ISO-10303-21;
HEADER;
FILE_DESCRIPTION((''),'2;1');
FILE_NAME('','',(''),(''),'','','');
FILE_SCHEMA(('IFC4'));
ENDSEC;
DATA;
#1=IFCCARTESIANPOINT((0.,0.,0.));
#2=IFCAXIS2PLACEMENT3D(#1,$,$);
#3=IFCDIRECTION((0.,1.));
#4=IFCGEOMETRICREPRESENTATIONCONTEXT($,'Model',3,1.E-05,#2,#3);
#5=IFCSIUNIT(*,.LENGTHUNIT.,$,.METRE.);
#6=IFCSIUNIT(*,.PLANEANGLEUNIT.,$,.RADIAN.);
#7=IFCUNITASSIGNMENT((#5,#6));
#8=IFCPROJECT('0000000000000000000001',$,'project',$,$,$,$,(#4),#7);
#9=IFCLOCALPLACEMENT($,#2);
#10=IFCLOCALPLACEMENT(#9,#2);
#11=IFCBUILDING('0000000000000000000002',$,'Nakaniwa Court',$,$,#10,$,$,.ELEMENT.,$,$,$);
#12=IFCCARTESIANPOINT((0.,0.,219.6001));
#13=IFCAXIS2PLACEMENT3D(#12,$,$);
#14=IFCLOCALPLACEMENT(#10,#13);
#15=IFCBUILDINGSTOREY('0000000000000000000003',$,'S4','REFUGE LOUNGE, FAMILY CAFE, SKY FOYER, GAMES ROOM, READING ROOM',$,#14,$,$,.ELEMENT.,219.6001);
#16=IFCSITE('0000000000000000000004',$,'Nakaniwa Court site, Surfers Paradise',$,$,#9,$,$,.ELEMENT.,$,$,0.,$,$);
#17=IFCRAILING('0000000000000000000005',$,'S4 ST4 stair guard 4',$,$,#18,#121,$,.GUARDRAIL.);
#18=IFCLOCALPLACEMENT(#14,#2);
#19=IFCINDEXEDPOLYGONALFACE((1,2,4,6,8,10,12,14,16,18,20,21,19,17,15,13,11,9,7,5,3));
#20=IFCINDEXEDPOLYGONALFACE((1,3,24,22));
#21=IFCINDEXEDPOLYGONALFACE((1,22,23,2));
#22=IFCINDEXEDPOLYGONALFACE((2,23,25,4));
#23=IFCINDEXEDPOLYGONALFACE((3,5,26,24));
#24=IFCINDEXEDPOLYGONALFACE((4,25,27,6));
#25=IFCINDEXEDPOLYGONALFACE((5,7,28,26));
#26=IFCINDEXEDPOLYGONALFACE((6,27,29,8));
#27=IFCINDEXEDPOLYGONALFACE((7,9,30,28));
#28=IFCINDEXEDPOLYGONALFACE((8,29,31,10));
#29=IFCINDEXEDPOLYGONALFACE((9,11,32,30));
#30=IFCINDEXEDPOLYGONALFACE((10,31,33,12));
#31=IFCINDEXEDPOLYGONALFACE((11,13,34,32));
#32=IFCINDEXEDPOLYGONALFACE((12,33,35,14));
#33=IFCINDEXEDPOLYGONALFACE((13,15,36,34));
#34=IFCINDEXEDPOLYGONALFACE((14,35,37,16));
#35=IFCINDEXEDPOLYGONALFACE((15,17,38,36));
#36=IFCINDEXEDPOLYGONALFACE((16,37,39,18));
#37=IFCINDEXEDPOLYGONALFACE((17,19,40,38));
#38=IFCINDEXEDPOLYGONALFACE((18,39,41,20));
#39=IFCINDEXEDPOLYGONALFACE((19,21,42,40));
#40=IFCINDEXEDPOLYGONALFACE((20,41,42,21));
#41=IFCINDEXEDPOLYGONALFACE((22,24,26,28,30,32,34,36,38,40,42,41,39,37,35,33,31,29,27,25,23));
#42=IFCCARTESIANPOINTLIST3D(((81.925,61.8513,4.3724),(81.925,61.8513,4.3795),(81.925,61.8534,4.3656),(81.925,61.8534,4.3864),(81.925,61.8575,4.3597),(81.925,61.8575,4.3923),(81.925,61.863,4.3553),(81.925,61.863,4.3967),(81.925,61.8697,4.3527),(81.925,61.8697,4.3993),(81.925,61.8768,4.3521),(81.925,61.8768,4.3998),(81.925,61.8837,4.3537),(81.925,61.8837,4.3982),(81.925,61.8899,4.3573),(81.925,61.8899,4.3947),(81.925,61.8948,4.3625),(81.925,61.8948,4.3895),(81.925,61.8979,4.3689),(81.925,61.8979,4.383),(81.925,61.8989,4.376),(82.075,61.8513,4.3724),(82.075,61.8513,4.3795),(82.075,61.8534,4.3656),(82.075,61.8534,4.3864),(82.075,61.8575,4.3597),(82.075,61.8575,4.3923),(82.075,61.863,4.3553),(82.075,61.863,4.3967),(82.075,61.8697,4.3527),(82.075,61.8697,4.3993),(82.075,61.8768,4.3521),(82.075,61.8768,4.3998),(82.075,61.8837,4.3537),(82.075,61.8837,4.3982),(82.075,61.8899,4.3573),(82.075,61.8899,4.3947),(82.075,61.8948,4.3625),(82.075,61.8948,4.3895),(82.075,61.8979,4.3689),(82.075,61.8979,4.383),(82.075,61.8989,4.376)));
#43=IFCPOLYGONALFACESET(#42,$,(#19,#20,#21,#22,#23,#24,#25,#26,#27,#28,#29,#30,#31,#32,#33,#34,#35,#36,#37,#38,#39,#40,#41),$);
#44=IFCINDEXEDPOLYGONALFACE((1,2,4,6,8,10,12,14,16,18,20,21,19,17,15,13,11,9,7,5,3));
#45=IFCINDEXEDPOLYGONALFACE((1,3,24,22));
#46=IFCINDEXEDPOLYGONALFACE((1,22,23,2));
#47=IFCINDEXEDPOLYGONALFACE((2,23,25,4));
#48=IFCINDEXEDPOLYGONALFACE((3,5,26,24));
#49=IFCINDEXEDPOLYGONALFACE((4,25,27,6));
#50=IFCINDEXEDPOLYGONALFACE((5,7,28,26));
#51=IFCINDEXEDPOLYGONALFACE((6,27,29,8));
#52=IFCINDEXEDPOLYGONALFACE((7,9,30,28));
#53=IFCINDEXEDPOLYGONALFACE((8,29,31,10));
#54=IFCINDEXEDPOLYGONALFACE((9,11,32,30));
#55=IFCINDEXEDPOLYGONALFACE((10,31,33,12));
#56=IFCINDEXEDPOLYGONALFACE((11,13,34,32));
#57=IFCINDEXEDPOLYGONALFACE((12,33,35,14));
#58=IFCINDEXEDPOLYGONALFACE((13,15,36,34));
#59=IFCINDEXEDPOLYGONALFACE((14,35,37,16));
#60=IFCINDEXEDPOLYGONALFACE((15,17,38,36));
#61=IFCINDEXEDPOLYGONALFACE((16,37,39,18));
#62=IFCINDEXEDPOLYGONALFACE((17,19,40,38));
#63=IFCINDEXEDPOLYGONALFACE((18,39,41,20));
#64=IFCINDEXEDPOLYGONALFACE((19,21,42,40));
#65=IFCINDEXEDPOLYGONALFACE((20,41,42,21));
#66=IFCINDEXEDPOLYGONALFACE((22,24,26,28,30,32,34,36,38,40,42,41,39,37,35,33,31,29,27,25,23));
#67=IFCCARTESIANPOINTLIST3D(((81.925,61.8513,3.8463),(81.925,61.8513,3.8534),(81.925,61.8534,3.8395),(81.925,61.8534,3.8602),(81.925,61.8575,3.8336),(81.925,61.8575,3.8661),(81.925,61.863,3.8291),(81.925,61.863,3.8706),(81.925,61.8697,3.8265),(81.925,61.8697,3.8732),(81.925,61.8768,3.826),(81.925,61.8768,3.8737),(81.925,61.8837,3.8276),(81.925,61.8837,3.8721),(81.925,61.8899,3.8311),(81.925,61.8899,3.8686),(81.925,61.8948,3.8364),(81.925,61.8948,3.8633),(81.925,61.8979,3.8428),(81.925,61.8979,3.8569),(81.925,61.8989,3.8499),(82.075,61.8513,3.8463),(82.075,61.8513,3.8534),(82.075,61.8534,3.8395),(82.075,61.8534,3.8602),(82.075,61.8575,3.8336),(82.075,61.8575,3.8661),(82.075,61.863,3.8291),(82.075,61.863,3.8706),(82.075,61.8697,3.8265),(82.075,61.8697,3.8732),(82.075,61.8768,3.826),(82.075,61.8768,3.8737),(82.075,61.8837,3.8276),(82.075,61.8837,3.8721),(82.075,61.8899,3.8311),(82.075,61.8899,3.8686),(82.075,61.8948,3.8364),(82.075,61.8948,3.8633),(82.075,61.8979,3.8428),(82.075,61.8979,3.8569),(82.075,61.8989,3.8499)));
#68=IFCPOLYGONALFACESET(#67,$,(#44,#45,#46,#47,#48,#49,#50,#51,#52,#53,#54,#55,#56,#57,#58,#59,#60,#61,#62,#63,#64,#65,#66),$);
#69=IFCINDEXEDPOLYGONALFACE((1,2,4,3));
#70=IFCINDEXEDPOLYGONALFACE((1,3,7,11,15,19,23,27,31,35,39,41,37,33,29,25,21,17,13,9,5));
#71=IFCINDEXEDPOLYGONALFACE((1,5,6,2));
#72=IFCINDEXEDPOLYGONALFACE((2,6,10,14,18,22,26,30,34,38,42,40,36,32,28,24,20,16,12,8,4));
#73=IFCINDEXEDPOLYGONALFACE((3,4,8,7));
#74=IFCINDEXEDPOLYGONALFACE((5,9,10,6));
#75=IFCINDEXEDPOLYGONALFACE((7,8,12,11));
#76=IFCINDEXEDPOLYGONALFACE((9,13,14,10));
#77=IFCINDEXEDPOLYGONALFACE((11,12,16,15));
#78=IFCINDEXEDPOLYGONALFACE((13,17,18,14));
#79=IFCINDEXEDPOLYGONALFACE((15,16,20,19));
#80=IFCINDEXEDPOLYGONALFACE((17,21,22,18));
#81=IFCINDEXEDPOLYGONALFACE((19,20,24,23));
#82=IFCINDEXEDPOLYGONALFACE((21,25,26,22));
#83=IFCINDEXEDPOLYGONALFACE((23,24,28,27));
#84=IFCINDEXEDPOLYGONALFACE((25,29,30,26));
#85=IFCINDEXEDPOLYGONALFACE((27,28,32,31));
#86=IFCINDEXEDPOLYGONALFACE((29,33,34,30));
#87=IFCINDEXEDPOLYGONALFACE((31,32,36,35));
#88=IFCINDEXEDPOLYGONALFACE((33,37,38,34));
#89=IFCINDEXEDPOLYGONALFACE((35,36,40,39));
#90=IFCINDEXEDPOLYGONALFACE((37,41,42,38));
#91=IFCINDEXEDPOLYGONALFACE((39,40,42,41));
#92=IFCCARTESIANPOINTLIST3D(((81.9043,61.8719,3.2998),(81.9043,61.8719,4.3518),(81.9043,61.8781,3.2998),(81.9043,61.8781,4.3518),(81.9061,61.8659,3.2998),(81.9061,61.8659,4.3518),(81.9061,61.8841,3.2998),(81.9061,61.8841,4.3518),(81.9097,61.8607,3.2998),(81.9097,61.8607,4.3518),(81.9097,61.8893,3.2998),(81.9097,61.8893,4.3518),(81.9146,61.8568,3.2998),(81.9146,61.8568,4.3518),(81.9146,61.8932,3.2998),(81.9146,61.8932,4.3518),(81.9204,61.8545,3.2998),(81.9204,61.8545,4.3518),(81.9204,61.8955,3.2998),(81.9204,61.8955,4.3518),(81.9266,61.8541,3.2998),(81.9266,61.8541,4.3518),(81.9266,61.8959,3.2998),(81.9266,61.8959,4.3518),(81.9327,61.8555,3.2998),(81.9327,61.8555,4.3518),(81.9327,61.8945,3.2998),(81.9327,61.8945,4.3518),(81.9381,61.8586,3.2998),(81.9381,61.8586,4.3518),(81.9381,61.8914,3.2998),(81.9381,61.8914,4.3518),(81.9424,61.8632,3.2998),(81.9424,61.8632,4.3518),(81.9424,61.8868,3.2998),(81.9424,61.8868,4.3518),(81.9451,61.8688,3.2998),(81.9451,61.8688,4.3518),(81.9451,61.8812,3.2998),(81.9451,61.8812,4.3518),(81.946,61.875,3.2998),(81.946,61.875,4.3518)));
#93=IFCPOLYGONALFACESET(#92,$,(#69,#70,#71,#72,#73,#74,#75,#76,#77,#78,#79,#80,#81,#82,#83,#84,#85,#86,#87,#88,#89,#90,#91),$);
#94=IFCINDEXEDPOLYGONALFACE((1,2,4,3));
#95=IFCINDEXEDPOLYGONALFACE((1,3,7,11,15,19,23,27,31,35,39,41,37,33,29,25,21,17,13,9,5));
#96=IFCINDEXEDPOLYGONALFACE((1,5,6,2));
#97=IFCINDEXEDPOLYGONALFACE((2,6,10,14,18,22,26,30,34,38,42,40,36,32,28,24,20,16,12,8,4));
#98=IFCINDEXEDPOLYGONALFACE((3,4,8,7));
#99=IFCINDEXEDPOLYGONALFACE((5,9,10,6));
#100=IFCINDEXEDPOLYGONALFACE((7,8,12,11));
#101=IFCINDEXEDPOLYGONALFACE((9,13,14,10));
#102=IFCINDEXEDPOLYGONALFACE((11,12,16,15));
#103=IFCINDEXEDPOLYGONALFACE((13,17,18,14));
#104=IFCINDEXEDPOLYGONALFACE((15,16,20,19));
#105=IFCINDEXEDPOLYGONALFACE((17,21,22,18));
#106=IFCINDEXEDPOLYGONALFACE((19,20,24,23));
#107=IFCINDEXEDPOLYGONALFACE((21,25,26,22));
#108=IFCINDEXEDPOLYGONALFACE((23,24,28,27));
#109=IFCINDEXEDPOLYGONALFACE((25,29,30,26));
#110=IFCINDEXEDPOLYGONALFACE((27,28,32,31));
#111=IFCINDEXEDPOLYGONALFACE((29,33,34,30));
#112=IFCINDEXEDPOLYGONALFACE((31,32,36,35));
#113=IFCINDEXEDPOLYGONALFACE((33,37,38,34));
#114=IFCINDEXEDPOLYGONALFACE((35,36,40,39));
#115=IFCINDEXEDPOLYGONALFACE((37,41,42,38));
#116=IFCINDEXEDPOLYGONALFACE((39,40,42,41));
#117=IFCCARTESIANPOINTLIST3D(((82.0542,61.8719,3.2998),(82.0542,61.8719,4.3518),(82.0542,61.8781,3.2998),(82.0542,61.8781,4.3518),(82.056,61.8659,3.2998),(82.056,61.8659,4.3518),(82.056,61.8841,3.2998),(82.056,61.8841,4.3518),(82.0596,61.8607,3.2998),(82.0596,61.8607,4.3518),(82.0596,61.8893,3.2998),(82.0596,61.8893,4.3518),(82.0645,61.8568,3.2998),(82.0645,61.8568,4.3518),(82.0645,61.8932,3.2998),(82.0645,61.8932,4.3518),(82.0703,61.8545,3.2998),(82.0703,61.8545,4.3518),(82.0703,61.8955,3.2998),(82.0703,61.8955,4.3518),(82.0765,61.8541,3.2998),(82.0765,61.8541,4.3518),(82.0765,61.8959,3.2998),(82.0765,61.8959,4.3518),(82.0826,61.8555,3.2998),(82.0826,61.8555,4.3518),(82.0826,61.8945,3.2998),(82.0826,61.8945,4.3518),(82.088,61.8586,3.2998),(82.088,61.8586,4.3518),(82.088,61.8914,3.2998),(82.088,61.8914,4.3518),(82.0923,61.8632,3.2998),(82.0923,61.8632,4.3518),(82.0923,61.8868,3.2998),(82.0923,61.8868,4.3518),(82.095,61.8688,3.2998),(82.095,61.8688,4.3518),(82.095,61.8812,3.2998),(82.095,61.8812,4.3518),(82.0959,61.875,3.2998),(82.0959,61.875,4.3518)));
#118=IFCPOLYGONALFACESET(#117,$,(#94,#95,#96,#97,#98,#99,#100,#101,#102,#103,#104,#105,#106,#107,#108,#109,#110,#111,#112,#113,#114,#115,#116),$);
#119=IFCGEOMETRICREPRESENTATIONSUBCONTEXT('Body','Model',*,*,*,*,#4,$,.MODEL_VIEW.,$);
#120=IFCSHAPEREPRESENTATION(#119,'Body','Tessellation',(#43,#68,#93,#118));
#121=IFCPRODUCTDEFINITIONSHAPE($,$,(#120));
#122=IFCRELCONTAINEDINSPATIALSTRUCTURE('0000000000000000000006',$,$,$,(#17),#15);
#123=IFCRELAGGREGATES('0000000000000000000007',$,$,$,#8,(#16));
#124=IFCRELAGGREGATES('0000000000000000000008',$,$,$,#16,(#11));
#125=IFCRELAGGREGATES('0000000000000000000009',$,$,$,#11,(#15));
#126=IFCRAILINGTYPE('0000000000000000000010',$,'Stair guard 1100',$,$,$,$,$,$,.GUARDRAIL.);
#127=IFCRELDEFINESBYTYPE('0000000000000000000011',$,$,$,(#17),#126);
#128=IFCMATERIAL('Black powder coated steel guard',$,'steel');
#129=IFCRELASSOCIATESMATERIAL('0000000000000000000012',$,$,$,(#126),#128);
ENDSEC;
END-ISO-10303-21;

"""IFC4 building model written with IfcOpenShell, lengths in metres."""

from ifc_helpers import new_model, si_unit, direction, frame, origin, origin_2d, place, context, subcontext, project, spatial, circle, extrude, material, type_object, element, save


model = new_model("IFC4")

# Units and contexts
model_context = context("Model", 3, precision=1e-05, world=origin(), true_north=direction((0.0, 1.0)))
body_context = subcontext(model_context, "Body", "Model", "MODEL_VIEW")
ifc_project = project(units=[si_unit("LENGTHUNIT", "METRE"), si_unit("PLANEANGLEUNIT", "RADIAN")], contexts=[model_context])

# Site, building, storey
site_placement = place(None, origin())
site = spatial("IfcSite", under=ifc_project, at=site_placement, Name="Nakaniwa Court site, Surfers Paradise", CompositionType="ELEMENT", RefElevation=0.0)
building_placement = place(site_placement, origin())
building = spatial("IfcBuilding", under=site, at=building_placement, Name="Nakaniwa Court", CompositionType="ELEMENT")
storey_placement = place(building_placement, frame((0.0, 0.0, 219.6001)))
storey = spatial("IfcBuildingStorey", under=building, at=storey_placement, Name="S4", Description="REFUGE LOUNGE, FAMILY CAFE, SKY FOYER, GAMES ROOM, READING ROOM", CompositionType="ELEMENT", Elevation=219.6001)

# Railing
ifc_material_1 = material(Name="Black powder coated steel guard", Category="steel")
railing_type = type_object("IfcRailingType", Name="Stair guard 1100", PredefinedType="GUARDRAIL", material=ifc_material_1)
for number, where, name in (
    (1, (81.925, 61.875, 3.2998), "S4 ST4 stair guard 4"),
):
    element("IfcRailing", number, at=place(storey_placement, frame(where)), inside=storey, type_object=railing_type, Name=name, PredefinedType="GUARDRAIL", context=body_context, shape_type="SweptSolid", body=[
        extrude(circle(Radius=0.0239, at=origin_2d()), frame((0.0, 0.0, 1.0762), z_axis=(1.0, 0.0, 0.0), x_axis=(0.0, 1.0, 0.0)), (0.0, 0.0, 1.0), 0.1499),
        extrude(circle(Radius=0.0239, at=origin_2d()), frame((0.0, 0.0, 0.55), z_axis=(1.0, 0.0, 0.0), x_axis=(0.0, 1.0, 0.0)), (0.0, 0.0, 1.0), 0.1499),
        extrude(circle(Radius=0.021, at=origin_2d()), origin(), (0.0, 0.0, 1.0), 1.052),
        extrude(circle(Radius=0.021, at=origin_2d()), frame((0.1499, 0.0, 0.0)), (0.0, 0.0, 1.0), 1.052),
    ])

save(model, "model.ifc")
